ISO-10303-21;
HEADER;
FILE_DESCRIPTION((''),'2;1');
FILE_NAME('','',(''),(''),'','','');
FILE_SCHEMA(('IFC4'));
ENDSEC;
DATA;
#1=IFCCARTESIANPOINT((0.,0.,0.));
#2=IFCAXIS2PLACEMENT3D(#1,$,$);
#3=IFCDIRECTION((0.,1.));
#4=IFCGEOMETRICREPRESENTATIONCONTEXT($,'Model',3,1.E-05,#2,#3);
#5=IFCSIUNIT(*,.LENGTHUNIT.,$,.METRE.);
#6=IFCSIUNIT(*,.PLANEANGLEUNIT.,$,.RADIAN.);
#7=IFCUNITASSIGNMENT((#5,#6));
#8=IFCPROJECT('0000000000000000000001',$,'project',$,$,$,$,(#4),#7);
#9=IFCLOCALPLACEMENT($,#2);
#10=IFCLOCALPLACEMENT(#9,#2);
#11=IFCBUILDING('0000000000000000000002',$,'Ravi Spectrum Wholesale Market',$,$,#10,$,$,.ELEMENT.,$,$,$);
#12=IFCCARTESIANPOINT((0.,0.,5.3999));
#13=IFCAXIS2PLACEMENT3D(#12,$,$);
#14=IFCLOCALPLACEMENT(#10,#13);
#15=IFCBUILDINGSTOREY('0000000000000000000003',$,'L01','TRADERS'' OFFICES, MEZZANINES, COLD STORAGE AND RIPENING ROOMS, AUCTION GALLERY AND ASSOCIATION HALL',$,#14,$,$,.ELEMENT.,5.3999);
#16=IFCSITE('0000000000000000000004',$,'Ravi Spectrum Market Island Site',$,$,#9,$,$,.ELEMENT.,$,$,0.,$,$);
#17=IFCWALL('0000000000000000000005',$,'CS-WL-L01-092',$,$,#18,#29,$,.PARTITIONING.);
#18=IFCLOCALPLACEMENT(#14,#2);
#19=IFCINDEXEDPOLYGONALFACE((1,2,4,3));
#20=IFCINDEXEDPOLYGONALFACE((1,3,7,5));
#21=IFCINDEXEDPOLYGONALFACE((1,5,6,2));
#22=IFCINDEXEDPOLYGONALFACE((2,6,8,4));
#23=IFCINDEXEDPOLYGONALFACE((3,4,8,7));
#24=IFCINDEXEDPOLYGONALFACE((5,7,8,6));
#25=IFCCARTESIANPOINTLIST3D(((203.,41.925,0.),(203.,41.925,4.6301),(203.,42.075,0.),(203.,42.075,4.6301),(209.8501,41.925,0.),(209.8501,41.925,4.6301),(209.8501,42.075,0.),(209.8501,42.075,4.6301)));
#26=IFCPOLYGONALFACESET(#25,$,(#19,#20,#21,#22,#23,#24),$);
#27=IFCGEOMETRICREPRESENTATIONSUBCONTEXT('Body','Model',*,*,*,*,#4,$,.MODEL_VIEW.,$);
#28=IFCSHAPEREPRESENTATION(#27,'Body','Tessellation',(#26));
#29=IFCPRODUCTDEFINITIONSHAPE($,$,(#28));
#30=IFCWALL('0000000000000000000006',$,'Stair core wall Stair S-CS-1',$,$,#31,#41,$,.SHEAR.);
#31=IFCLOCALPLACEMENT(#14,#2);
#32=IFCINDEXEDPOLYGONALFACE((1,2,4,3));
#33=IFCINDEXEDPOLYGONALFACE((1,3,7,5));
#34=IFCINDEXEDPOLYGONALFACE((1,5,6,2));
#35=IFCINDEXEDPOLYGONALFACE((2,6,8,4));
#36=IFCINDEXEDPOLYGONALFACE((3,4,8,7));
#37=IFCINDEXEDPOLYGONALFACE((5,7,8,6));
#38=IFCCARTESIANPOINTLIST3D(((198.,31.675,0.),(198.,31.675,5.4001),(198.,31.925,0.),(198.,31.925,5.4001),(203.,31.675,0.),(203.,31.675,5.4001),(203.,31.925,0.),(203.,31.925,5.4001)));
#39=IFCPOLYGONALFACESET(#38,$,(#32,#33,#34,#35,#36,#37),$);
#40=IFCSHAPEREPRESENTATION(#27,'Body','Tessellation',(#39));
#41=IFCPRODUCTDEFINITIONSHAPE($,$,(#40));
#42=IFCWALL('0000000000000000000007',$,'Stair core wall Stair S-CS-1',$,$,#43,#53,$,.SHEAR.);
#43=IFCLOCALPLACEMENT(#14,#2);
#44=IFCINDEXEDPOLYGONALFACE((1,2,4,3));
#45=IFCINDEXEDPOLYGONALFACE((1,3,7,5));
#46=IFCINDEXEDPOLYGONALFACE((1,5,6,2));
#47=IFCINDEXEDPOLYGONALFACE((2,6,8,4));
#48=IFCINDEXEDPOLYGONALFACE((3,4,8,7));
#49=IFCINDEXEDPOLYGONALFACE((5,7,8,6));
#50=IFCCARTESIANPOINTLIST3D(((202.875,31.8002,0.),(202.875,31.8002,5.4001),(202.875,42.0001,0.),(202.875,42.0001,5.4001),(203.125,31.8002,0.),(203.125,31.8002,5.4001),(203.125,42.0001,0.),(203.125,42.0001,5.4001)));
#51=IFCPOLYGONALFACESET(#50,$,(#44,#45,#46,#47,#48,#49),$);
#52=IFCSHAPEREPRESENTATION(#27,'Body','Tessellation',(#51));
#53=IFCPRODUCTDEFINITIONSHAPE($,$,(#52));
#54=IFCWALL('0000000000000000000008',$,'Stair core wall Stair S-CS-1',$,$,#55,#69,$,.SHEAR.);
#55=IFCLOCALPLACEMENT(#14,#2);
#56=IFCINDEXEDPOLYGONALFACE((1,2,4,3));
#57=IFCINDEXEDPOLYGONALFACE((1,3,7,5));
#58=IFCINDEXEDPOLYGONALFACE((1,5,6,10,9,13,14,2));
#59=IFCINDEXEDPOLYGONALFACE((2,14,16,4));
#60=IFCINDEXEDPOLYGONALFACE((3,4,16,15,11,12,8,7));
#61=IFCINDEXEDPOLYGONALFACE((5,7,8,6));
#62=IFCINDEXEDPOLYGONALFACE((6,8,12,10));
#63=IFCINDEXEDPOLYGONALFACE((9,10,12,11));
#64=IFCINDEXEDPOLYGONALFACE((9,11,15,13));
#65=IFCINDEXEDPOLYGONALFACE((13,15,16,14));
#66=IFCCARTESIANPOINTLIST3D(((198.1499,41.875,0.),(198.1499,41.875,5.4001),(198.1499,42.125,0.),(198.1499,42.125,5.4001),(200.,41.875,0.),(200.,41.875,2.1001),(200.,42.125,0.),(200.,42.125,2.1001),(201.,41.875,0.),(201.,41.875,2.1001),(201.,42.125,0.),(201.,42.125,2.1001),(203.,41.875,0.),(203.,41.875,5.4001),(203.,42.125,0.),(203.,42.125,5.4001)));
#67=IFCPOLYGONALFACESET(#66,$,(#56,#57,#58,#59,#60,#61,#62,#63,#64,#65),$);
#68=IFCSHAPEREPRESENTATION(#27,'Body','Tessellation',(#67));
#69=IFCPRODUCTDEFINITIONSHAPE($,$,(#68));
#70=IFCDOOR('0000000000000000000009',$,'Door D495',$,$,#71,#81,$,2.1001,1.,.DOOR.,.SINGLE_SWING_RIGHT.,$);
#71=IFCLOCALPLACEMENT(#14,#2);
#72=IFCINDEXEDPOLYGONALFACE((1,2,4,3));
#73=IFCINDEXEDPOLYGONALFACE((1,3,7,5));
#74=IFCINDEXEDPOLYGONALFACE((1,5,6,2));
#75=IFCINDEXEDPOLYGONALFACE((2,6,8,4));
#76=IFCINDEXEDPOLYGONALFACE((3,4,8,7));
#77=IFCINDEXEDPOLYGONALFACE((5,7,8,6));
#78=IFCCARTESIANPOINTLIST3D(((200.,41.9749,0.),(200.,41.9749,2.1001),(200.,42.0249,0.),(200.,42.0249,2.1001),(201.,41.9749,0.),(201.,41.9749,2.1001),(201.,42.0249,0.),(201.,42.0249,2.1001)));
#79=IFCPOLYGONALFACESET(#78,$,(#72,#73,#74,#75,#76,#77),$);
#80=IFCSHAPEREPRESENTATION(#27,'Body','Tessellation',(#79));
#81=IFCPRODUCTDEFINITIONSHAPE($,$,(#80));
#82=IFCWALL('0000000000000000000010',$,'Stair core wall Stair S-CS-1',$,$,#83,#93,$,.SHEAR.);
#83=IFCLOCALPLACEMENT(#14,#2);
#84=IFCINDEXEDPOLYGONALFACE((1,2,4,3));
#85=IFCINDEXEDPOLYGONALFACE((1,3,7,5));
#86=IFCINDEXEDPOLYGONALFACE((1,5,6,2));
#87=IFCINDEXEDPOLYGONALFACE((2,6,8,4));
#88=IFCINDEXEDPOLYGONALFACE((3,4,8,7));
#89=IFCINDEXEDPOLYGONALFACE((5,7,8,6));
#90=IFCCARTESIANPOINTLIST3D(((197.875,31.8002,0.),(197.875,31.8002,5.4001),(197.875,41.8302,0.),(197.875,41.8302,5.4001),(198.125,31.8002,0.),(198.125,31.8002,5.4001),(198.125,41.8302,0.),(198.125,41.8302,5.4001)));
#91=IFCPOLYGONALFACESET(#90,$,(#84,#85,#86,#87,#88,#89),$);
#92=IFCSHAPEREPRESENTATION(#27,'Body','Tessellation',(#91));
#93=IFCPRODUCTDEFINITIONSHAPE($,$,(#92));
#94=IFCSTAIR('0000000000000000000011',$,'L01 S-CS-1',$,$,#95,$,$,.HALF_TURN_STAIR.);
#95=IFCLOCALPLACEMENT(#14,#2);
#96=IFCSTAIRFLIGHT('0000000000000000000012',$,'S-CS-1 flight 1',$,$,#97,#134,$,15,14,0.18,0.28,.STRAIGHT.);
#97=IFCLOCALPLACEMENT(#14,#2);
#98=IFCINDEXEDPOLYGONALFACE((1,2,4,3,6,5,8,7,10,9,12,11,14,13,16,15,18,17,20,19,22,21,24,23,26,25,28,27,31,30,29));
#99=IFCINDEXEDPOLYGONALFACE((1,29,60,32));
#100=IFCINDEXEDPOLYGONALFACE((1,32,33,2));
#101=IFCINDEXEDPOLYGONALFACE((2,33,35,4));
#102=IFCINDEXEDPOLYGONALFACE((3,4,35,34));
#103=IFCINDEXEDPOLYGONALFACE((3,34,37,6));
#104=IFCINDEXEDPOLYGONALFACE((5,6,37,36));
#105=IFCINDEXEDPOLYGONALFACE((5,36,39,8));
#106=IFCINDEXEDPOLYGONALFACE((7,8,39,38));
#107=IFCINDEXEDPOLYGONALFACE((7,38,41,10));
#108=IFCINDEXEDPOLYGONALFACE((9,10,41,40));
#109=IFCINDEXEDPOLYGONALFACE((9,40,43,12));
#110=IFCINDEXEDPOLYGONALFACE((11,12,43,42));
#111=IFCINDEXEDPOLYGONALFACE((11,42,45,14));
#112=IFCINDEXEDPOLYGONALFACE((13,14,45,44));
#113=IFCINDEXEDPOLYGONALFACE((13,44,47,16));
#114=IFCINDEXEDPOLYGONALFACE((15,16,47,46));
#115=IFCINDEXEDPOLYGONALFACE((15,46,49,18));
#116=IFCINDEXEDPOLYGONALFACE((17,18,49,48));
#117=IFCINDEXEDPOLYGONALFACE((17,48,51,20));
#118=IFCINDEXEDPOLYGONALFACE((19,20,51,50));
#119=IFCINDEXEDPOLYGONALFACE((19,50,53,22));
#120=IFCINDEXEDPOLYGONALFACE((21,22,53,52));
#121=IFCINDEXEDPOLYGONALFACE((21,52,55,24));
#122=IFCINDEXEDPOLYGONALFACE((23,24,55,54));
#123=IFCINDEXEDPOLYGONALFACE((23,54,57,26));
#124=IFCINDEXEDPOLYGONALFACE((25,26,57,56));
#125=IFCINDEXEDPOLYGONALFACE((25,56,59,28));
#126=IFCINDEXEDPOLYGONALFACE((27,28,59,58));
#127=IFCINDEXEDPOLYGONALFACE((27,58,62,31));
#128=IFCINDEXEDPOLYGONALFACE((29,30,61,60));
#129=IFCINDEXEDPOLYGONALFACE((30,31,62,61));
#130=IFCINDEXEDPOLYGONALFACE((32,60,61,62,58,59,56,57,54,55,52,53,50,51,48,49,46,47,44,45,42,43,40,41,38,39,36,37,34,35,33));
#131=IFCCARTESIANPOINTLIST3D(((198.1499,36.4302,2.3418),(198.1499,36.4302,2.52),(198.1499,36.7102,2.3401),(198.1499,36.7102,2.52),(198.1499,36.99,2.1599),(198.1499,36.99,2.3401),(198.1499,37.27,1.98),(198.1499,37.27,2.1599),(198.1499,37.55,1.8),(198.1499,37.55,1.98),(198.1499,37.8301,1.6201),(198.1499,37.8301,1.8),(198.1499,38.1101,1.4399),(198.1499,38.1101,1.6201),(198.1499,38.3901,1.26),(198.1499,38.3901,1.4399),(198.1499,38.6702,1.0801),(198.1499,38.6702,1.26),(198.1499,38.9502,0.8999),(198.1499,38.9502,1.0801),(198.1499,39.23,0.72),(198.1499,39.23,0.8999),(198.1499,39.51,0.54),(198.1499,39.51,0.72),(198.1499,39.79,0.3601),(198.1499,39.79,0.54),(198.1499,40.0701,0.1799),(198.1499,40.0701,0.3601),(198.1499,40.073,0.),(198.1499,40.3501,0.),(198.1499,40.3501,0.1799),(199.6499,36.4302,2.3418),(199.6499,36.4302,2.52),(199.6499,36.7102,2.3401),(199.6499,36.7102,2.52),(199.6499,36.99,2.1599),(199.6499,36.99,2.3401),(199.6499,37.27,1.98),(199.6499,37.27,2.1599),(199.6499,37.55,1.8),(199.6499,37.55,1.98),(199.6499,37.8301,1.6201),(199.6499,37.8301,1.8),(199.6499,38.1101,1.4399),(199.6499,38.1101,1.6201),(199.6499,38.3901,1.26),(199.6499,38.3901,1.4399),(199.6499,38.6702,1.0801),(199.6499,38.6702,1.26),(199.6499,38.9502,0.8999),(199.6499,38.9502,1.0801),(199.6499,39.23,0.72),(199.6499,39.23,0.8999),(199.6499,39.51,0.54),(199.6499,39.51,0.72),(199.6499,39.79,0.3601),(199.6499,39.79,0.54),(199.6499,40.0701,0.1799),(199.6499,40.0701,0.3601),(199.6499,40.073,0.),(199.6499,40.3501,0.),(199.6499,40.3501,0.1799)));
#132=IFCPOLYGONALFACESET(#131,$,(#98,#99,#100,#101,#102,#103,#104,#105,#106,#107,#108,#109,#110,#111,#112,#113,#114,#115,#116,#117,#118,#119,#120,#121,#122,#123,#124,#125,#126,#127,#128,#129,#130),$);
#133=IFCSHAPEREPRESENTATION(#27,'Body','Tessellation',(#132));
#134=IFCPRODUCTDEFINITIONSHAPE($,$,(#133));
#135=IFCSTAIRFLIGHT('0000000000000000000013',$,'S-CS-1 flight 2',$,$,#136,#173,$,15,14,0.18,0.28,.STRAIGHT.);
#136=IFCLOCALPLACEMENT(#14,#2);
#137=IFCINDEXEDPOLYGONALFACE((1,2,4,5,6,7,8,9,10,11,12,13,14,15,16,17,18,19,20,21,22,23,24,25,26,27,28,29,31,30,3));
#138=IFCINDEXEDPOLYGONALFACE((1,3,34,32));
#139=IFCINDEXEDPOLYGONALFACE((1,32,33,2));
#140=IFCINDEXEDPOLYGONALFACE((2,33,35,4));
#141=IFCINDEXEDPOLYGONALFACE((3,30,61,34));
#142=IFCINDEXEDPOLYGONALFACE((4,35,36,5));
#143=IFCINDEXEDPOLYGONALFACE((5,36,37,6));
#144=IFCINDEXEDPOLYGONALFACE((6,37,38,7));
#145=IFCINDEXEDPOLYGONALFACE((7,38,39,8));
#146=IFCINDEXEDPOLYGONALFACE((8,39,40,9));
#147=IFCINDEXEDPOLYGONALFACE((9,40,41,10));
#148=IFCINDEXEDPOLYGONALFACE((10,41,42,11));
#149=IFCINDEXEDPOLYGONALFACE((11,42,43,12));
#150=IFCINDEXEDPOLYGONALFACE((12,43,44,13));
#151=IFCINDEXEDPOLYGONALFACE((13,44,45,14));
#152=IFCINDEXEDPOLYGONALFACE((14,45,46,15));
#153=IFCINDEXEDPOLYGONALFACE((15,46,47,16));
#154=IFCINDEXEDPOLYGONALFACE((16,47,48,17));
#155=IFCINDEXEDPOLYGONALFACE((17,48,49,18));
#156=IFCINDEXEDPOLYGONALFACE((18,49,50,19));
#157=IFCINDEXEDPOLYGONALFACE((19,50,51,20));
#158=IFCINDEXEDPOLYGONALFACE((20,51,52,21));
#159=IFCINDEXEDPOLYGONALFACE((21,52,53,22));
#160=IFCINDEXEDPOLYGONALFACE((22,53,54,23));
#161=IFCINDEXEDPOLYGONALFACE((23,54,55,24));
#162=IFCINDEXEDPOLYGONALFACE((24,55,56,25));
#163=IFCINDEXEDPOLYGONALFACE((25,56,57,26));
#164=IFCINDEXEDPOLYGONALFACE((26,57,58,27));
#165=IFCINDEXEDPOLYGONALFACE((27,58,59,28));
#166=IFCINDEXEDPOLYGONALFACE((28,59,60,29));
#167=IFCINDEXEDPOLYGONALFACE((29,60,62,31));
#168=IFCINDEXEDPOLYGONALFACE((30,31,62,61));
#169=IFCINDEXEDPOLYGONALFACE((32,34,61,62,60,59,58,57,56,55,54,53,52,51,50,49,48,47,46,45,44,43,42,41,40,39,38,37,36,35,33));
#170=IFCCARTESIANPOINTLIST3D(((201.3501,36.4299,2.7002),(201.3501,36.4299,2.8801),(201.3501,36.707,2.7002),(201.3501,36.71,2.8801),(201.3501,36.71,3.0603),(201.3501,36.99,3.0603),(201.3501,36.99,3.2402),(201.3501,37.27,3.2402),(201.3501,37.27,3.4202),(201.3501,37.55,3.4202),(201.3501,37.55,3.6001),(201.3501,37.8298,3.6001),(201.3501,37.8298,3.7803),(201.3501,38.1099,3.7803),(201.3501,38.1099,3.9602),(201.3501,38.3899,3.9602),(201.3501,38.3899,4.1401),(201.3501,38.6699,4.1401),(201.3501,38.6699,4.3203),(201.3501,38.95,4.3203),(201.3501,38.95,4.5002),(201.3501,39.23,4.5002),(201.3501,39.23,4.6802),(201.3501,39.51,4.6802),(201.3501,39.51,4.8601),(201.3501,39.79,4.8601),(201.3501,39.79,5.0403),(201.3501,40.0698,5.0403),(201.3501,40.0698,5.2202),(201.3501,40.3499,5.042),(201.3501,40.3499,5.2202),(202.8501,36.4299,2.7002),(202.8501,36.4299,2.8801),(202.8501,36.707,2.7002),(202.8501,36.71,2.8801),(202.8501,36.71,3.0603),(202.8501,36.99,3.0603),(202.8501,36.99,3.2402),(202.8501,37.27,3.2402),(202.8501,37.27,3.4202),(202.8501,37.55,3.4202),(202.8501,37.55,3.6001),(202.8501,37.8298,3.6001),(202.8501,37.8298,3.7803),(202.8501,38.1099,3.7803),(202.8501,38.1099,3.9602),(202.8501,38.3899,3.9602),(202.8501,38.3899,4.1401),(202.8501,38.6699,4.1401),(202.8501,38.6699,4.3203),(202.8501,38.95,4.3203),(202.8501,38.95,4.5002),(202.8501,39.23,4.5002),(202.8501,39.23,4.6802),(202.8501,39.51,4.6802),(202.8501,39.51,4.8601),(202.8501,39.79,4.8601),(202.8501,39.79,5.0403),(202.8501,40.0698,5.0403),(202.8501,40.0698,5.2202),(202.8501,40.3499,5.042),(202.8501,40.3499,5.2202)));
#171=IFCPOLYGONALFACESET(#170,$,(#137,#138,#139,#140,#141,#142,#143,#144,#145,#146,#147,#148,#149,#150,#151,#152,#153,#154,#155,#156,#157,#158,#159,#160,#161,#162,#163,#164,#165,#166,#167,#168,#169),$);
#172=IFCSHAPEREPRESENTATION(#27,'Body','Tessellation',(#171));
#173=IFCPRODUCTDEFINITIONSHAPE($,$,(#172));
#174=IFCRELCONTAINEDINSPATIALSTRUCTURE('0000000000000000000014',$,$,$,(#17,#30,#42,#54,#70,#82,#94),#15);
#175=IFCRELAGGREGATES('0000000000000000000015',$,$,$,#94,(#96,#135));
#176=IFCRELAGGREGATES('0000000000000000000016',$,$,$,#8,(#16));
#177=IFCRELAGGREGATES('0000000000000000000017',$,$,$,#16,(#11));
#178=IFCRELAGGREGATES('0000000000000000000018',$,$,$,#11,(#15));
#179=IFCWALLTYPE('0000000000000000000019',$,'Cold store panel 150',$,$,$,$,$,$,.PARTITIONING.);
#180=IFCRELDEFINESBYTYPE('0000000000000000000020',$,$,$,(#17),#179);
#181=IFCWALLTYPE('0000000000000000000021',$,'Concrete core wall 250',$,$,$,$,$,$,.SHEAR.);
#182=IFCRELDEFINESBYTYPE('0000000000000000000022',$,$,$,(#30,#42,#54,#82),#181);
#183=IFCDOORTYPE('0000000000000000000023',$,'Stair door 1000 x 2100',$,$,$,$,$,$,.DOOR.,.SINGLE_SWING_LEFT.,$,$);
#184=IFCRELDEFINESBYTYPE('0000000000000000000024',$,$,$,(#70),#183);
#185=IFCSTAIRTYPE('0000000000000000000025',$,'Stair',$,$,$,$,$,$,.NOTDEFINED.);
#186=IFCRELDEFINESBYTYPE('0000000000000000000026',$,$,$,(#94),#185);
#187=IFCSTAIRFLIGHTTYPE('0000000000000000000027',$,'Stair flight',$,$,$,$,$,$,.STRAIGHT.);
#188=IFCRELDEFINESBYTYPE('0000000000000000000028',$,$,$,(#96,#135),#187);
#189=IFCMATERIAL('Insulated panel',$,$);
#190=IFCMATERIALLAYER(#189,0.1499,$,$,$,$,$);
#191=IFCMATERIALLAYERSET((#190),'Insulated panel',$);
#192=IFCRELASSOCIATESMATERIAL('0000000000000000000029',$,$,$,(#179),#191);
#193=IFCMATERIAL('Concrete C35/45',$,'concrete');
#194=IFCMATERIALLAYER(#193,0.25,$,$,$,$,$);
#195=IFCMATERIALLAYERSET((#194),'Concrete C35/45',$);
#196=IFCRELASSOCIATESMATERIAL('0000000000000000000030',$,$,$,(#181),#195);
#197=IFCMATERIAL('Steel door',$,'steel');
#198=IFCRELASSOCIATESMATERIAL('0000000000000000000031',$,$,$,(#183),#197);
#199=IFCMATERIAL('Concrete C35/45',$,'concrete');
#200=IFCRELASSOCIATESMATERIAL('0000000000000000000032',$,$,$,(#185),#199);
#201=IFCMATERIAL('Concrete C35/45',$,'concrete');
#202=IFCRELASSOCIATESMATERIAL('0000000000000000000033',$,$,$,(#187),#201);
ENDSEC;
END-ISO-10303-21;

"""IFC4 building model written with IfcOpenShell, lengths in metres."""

from ifc_helpers import new_model, si_unit, direction, frame, frame_2d, origin, place, context, subcontext, project, spatial, polyline, rectangle, outline, extrude, material, layer, layer_set, type_object, element, fill, aggregate, save


model = new_model("IFC4")

# Units and contexts
model_context = context("Model", 3, precision=1e-05, world=origin(), true_north=direction((0.0, 1.0)))
body_context = subcontext(model_context, "Body", "Model", "MODEL_VIEW")
ifc_project = project(units=[si_unit("LENGTHUNIT", "METRE"), si_unit("PLANEANGLEUNIT", "RADIAN")], contexts=[model_context])

# Site, building, storey
site_placement = place(None, origin())
site = spatial("IfcSite", under=ifc_project, at=site_placement, Name="Ravi Spectrum Market Island Site", CompositionType="ELEMENT", RefElevation=0.0)
building_placement = place(site_placement, origin())
building = spatial("IfcBuilding", under=site, at=building_placement, Name="Ravi Spectrum Wholesale Market", CompositionType="ELEMENT")
storey_placement = place(building_placement, frame((0.0, 0.0, 5.3999)))
storey = spatial("IfcBuildingStorey", under=building, at=storey_placement, Name="L01", Description="TRADERS' OFFICES, MEZZANINES, COLD STORAGE AND RIPENING ROOMS, AUCTION GALLERY AND ASSOCIATION HALL", CompositionType="ELEMENT", Elevation=5.3999)

# Walls
ifc_material_1 = material(Name="Insulated panel")
ifc_layer_1 = layer(ifc_material_1, 0.1499)
ifc_layer_set_1 = layer_set([ifc_layer_1], Name="Insulated panel")
wall_type_1 = type_object("IfcWallType", Name="Cold store panel 150", PredefinedType="PARTITIONING", material=ifc_layer_set_1)
wall_1_placement = place(storey_placement, frame((203.0, 42.0, 0.0), z_axis=(0.0, 0.0, 1.0), x_axis=(1.0, 0.0, 0.0)))
element("IfcWall", 1, at=wall_1_placement, inside=storey, type_object=wall_type_1, Name="CS-WL-L01-092", PredefinedType="PARTITIONING", context=body_context, shape_type="SweptSolid", body=[
    extrude(rectangle(XDim=6.8501, YDim=0.1499, at=frame_2d((3.425, 0.0))), origin(), (0.0, 0.0, 1.0), 4.6301),
])
ifc_material_2 = material(Name="Concrete C35/45", Category="concrete")
ifc_layer_2 = layer(ifc_material_2, 0.25)
ifc_layer_set_2 = layer_set([ifc_layer_2], Name="Concrete C35/45")
wall_type_2 = type_object("IfcWallType", Name="Concrete core wall 250", PredefinedType="SHEAR", material=ifc_layer_set_2)
wall_2_placement = place(storey_placement, frame((198.0, 31.8, 0.0), z_axis=(0.0, 0.0, 1.0), x_axis=(1.0, 0.0, 0.0)))
element("IfcWall", 2, at=wall_2_placement, inside=storey, type_object=wall_type_2, Name="Stair core wall Stair S-CS-1", PredefinedType="SHEAR", context=body_context, shape_type="SweptSolid", body=[
    extrude(rectangle(XDim=5.0, YDim=0.25, at=frame_2d((2.5, 0.0))), origin(), (0.0, 0.0, 1.0), 5.4001),
])
wall_3_placement = place(storey_placement, frame((203.0, 31.8, 0.0), z_axis=(0.0, 0.0, 1.0), x_axis=(0.0, 1.0, 0.0)))
element("IfcWall", 3, at=wall_3_placement, inside=storey, type_object=wall_type_2, Name="Stair core wall Stair S-CS-1", PredefinedType="SHEAR", context=body_context, shape_type="SweptSolid", body=[
    extrude(rectangle(XDim=10.2, YDim=0.25, at=frame_2d((5.1001, 0.0))), origin(), (0.0, 0.0, 1.0), 5.4001),
])

# Wall, opening, door
wall_4_placement = place(storey_placement, frame((198.1499, 42.0, 0.0), z_axis=(0.0, 0.0, 1.0), x_axis=(1.0, 0.0, 0.0)))
wall_4 = element("IfcWall", 4, at=wall_4_placement, inside=storey, type_object=wall_type_2, Name="Stair core wall Stair S-CS-1", PredefinedType="SHEAR", context=body_context, shape_type="SweptSolid", body=[
    extrude(rectangle(XDim=4.8501, YDim=0.25, at=frame_2d((2.425, 0.0))), origin(), (0.0, 0.0, 1.0), 5.4001),
])
opening_placement = place(wall_4_placement, frame((1.8501, 0.0, 0.0)))
opening = element("IfcOpeningElement", 5, at=opening_placement, cuts=wall_4, PredefinedType="OPENING", context=body_context, shape_type="SweptSolid", body=[
    extrude(rectangle(XDim=1.0, YDim=2.1001, at=frame_2d((0.5, 1.05))), frame((0.0, 0.135, 0.0), z_axis=(0.0, -1.0, 0.0), x_axis=(1.0, 0.0, 0.0)), (0.0, 0.0, 1.0), 0.27),
])
ifc_material_3 = material(Name="Steel door", Category="steel")
door_type = type_object("IfcDoorType", Name="Stair door 1000 x 2100", OperationType="SINGLE_SWING_LEFT", PredefinedType="DOOR", material=ifc_material_3)
door_placement = place(opening_placement, origin())
door = element("IfcDoor", 6, at=door_placement, inside=storey, type_object=door_type, Name="Door D495", OperationType="SINGLE_SWING_RIGHT", OverallHeight=2.1001, OverallWidth=1.0, PredefinedType="DOOR", context=body_context, shape_type="SweptSolid", body=[
    extrude(rectangle(XDim=1.0, YDim=2.1001, at=frame_2d((0.5, 1.05))), frame((0.0, 0.0249, 0.0), z_axis=(0.0, -1.0, 0.0), x_axis=(1.0, 0.0, 0.0)), (0.0, 0.0, 1.0), 0.05),
])
fill(opening, door)

# Wall
wall_5_placement = place(storey_placement, frame((198.0, 31.8, 0.0), z_axis=(0.0, 0.0, 1.0), x_axis=(0.0, 1.0, 0.0)))
element("IfcWall", 7, at=wall_5_placement, inside=storey, type_object=wall_type_2, Name="Stair core wall Stair S-CS-1", PredefinedType="SHEAR", context=body_context, shape_type="SweptSolid", body=[
    extrude(rectangle(XDim=10.03, YDim=0.25, at=frame_2d((5.0151, 0.0))), origin(), (0.0, 0.0, 1.0), 5.4001),
])

# Stair, stair flights
ifc_material_4 = material(Name="Concrete C35/45", Category="concrete")
stair_type = type_object("IfcStairType", Name="Stair", PredefinedType="NOTDEFINED", material=ifc_material_4)
stair_placement = place(storey_placement, origin())
stair = element("IfcStair", 8, at=stair_placement, inside=storey, type_object=stair_type, Name="L01 S-CS-1", PredefinedType="HALF_TURN_STAIR")
ifc_material_5 = material(Name="Concrete C35/45", Category="concrete")
stair_flight_type = type_object("IfcStairFlightType", Name="Stair flight", PredefinedType="STRAIGHT", material=ifc_material_5)
stair_flight_1_placement = place(storey_placement, frame((198.8999, 40.3501, 0.0), z_axis=(0.0, 0.0, 1.0), x_axis=(0.0, -1.0, 0.0)))
stair_flight_1 = element("IfcStairFlight", 9, at=stair_flight_1_placement, type_object=stair_flight_type, Name="S-CS-1 flight 1", NumberOfRisers=15, NumberOfTreads=14, PredefinedType="STRAIGHT", RiserHeight=0.18, TreadLength=0.28, context=body_context, shape_type="SweptSolid", body=[
    extrude(outline(polyline([(0.0, 0.0), (0.0, 0.1799), (0.28, 0.1799), (0.28, 0.3601), (0.5601, 0.3601), (0.5601, 0.54), (0.8401, 0.54), (0.8401, 0.72), (1.1201, 0.72), (1.1201, 0.8999), (1.3999, 0.8999), (1.3999, 1.0801), (1.6799, 1.0801), (1.6799, 1.26), (1.96, 1.26), (1.96, 1.4399), (2.24, 1.4399), (2.24, 1.6201), (2.52, 1.6201), (2.52, 1.8), (2.8, 1.8), (2.8, 1.98), (3.0801, 1.98), (3.0801, 2.1599), (3.3601, 2.1599), (3.3601, 2.3401), (3.6399, 2.3401), (3.6399, 2.52), (3.9199, 2.52), (3.9199, 2.7), (3.9199, 2.3418), (0.2771, 0.0), (0.0, 0.0)])), frame((0.0, 0.75, 0.0), z_axis=(0.0, -1.0, 0.0), x_axis=(1.0, 0.0, 0.0)), (0.0, 0.0, 1.0), 1.5),
])
stair_flight_2_placement = place(storey_placement, frame((202.1001, 36.4299, 2.7002), z_axis=(0.0, 0.0, 1.0), x_axis=(0.0, 1.0, 0.0)))
stair_flight_2 = element("IfcStairFlight", 10, at=stair_flight_2_placement, type_object=stair_flight_type, Name="S-CS-1 flight 2", NumberOfRisers=15, NumberOfTreads=14, PredefinedType="STRAIGHT", RiserHeight=0.18, TreadLength=0.28, context=body_context, shape_type="SweptSolid", body=[
    extrude(outline(polyline([(0.0, 0.0), (0.0, 0.1799), (0.28, 0.1799), (0.28, 0.3601), (0.5601, 0.3601), (0.5601, 0.54), (0.8401, 0.54), (0.8401, 0.72), (1.1201, 0.72), (1.1201, 0.8999), (1.3999, 0.8999), (1.3999, 1.0801), (1.6799, 1.0801), (1.6799, 1.26), (1.96, 1.26), (1.96, 1.4399), (2.24, 1.4399), (2.24, 1.6201), (2.52, 1.6201), (2.52, 1.8), (2.8, 1.8), (2.8, 1.98), (3.0801, 1.98), (3.0801, 2.1599), (3.3601, 2.1599), (3.3601, 2.3401), (3.6399, 2.3401), (3.6399, 2.52), (3.9199, 2.52), (3.9199, 2.7), (3.9199, 2.3418), (0.2771, 0.0), (0.0, 0.0)])), frame((0.0, 0.75, 0.0), z_axis=(0.0, -1.0, 0.0), x_axis=(1.0, 0.0, 0.0)), (0.0, 0.0, 1.0), 1.5),
])
aggregate(stair, [stair_flight_1, stair_flight_2])

save(model, "model.ifc")
